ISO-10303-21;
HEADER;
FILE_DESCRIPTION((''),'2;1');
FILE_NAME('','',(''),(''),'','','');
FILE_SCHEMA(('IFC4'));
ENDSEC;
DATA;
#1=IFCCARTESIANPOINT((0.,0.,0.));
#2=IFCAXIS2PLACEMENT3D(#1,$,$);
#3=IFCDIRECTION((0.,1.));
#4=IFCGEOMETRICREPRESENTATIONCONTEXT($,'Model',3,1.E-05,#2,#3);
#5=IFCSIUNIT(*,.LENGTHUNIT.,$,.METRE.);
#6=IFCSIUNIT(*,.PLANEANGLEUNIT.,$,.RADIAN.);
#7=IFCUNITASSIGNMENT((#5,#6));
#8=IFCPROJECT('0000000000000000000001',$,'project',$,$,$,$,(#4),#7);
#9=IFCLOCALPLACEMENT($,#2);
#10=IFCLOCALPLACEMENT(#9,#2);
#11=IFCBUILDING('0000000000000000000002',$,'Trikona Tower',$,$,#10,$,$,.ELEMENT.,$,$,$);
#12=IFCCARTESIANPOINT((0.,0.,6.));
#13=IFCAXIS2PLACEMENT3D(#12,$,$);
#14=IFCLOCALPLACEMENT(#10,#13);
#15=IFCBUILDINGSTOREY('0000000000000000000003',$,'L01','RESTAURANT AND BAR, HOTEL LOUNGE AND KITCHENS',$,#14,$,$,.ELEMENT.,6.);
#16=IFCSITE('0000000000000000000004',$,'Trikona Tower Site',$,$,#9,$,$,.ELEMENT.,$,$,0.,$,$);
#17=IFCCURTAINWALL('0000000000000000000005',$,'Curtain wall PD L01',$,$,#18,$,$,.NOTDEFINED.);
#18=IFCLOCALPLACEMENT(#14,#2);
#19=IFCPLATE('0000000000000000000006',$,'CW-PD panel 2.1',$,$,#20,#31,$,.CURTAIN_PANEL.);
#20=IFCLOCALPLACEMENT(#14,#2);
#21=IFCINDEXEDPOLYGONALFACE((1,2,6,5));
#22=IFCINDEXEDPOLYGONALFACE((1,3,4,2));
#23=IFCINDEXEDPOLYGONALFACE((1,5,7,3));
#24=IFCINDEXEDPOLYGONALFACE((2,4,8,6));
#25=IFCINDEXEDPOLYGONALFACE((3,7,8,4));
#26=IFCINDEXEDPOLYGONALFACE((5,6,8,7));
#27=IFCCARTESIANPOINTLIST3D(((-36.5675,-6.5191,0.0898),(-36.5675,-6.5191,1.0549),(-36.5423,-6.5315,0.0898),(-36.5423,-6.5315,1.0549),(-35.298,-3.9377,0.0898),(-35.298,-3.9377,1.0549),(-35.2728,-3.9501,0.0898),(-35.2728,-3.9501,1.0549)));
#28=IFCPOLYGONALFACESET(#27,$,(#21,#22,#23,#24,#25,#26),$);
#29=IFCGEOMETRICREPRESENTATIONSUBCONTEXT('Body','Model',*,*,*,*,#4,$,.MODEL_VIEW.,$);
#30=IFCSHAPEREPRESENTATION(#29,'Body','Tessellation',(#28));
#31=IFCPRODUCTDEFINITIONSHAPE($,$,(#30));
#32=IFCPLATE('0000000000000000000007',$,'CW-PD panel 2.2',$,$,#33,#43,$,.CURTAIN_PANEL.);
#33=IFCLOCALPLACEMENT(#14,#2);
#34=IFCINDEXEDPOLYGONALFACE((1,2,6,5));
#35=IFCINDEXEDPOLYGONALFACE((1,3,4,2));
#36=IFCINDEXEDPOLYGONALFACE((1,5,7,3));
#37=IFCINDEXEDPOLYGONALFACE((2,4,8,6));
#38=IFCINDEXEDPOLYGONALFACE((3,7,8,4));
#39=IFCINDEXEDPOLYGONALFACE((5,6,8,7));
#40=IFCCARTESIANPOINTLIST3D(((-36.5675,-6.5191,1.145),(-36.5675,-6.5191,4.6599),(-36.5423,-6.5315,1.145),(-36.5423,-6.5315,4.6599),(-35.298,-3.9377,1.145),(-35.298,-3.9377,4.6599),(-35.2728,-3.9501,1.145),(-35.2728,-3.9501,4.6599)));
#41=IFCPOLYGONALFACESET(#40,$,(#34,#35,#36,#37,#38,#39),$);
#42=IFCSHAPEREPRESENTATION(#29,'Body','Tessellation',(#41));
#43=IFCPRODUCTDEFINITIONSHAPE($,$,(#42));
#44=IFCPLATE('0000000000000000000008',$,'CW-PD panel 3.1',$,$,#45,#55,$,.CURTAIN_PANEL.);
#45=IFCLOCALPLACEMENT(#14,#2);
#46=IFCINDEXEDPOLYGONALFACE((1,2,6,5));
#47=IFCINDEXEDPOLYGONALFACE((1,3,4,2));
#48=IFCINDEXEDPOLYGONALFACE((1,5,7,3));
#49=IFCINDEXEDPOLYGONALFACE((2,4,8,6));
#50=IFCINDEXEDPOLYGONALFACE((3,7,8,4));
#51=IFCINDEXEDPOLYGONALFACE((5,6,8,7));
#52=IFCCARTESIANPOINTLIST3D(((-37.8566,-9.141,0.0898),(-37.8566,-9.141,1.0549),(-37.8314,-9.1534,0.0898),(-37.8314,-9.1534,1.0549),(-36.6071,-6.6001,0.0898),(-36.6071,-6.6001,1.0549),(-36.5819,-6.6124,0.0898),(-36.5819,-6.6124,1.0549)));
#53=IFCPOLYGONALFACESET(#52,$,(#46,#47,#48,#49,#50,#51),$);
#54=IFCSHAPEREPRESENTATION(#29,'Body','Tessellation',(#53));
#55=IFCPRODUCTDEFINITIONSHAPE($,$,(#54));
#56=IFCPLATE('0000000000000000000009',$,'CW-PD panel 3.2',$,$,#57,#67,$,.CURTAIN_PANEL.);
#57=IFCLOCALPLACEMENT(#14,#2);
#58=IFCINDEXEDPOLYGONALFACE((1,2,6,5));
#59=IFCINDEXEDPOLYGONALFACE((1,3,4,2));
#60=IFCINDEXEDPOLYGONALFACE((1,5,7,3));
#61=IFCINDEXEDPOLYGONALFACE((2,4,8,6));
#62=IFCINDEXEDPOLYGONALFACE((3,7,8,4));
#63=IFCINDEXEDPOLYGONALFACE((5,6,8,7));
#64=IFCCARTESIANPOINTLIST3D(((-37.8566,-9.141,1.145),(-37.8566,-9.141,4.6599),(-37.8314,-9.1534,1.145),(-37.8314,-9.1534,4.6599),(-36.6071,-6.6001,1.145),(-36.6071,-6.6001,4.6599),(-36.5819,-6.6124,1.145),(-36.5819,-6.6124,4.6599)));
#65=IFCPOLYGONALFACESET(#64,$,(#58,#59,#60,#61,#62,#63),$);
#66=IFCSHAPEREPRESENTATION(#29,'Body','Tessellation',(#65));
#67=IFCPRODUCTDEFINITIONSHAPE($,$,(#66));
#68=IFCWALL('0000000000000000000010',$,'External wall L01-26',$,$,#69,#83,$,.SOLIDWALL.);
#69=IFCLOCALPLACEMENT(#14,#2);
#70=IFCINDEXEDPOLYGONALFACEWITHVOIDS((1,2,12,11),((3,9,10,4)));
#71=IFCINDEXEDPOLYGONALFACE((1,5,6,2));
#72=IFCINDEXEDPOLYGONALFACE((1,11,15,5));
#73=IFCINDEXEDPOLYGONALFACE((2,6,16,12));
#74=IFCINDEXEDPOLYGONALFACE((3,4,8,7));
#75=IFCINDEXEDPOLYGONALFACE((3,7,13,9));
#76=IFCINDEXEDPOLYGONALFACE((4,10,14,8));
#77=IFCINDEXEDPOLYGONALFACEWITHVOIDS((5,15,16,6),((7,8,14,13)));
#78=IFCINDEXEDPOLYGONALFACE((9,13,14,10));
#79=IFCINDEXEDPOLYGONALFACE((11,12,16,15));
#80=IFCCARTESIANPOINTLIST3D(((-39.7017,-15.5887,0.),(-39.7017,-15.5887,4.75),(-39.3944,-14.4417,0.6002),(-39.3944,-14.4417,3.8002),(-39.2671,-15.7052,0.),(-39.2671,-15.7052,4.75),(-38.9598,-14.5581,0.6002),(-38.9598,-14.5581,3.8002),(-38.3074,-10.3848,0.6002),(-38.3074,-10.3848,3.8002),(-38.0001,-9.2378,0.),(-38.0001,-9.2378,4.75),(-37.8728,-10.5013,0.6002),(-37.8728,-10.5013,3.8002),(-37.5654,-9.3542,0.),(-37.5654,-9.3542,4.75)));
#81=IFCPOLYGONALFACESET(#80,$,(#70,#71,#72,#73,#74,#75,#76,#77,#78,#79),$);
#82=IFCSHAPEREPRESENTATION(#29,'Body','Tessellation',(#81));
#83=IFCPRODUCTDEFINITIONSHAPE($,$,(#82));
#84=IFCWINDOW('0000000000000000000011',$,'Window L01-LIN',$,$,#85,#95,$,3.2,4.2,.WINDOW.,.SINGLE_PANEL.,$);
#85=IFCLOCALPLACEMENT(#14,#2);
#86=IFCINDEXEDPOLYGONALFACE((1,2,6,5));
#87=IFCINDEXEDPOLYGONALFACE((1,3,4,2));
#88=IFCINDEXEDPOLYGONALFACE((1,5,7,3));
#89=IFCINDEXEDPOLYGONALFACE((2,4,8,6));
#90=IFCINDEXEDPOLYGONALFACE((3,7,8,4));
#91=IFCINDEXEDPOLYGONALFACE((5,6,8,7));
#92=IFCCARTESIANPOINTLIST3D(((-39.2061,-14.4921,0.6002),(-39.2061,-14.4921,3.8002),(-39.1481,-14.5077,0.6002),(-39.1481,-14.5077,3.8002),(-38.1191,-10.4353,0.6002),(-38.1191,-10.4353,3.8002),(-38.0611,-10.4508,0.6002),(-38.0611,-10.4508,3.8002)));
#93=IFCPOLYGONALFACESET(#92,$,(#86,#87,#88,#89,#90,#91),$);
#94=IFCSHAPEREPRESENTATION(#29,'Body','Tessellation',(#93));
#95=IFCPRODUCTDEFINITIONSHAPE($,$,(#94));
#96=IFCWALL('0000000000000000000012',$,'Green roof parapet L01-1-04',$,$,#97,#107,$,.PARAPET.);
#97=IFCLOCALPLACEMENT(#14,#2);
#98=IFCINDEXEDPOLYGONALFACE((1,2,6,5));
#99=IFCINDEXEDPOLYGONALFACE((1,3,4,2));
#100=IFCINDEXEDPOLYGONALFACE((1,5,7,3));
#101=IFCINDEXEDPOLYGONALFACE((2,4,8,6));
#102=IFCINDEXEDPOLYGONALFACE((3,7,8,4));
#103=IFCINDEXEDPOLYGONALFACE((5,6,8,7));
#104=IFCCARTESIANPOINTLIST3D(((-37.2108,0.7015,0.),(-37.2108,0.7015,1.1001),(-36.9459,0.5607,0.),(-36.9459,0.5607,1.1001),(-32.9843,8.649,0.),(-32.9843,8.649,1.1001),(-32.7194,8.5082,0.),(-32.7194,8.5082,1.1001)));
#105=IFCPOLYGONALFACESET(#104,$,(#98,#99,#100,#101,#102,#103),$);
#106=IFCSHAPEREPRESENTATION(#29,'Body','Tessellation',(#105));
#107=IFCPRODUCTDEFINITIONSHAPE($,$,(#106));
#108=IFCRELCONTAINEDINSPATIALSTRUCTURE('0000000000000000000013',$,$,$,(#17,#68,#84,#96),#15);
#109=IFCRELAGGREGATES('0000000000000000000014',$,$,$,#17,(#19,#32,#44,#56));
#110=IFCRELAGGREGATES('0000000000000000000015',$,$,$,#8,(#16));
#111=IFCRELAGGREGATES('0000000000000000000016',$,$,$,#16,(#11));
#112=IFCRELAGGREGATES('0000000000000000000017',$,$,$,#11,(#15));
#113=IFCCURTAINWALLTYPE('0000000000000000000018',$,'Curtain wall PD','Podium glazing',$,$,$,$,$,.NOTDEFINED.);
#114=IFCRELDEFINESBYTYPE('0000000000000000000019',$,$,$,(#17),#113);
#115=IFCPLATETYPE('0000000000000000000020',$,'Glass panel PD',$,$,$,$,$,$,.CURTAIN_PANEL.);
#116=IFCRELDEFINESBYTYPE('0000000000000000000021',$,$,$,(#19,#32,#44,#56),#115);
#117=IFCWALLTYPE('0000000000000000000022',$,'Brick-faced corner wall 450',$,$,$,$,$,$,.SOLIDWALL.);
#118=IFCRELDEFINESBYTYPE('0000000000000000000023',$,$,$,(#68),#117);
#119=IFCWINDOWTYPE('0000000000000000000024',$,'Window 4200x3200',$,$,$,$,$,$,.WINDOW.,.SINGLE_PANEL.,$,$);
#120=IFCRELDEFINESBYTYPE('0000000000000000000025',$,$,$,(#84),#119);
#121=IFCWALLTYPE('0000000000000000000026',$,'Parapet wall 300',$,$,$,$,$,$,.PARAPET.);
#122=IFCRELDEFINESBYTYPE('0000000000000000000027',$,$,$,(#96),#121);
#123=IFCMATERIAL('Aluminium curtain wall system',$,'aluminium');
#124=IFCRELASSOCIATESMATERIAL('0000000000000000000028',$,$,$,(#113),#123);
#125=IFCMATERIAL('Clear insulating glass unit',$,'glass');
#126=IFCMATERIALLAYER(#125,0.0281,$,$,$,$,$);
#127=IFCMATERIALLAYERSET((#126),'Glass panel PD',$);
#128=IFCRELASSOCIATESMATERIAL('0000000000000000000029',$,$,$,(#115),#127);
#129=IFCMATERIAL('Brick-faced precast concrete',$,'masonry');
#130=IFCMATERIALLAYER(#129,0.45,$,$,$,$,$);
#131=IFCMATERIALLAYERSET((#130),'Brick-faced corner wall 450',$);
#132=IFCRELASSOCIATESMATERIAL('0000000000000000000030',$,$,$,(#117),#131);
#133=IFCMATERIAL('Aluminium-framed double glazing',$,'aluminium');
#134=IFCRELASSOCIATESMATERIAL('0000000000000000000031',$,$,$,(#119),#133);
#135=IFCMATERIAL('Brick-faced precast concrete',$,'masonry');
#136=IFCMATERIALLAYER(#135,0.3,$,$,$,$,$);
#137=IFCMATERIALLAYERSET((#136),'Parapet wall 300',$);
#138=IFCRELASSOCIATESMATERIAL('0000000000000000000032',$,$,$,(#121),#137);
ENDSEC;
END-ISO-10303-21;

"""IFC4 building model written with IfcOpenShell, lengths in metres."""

from ifc_helpers import new_model, si_unit, direction, frame, frame_2d, origin, origin_2d, place, context, subcontext, project, spatial, rectangle, extrude, material, layer, layer_set, type_object, element, fill, aggregate, save


model = new_model("IFC4")

# Units and contexts
model_context = context("Model", 3, precision=1e-05, world=origin(), true_north=direction((0.0, 1.0)))
body_context = subcontext(model_context, "Body", "Model", "MODEL_VIEW")
ifc_project = project(units=[si_unit("LENGTHUNIT", "METRE"), si_unit("PLANEANGLEUNIT", "RADIAN")], contexts=[model_context])

# Site, building, storey
site_placement = place(None, origin())
site = spatial("IfcSite", under=ifc_project, at=site_placement, Name="Trikona Tower Site", CompositionType="ELEMENT", RefElevation=0.0)
building_placement = place(site_placement, origin())
building = spatial("IfcBuilding", under=site, at=building_placement, Name="Trikona Tower", CompositionType="ELEMENT")
storey_placement = place(building_placement, frame((0.0, 0.0, 6.0)))
storey = spatial("IfcBuildingStorey", under=building, at=storey_placement, Name="L01", Description="RESTAURANT AND BAR, HOTEL LOUNGE AND KITCHENS", CompositionType="ELEMENT", Elevation=6.0)

# Curtain wall, plates
ifc_material_1 = material(Name="Aluminium curtain wall system", Category="aluminium")
curtain_wall_type = type_object("IfcCurtainWallType", Name="Curtain wall PD", Description="Podium glazing", PredefinedType="NOTDEFINED", material=ifc_material_1)
curtain_wall_placement = place(storey_placement, origin())
curtain_wall = element("IfcCurtainWall", 1, at=curtain_wall_placement, inside=storey, type_object=curtain_wall_type, Name="Curtain wall PD L01", PredefinedType="NOTDEFINED")
ifc_material_2 = material(Name="Clear insulating glass unit", Category="glass")
ifc_layer_1 = layer(ifc_material_2, 0.0281)
ifc_layer_set_1 = layer_set([ifc_layer_1], Name="Glass panel PD")
plate_type = type_object("IfcPlateType", Name="Glass panel PD", PredefinedType="CURTAIN_PANEL", material=ifc_layer_set_1)
plate_1_placement = place(storey_placement, frame((-35.9202, -5.2346, 0.0898), z_axis=(0.0, 0.0, 1.0), x_axis=(-0.441294, -0.897363, 0.0)))
plate_1 = element("IfcPlate", 2, at=plate_1_placement, type_object=plate_type, Name="CW-PD panel 2.1", PredefinedType="CURTAIN_PANEL", context=body_context, shape_type="SweptSolid", body=[
    extrude(rectangle(XDim=2.8767, YDim=0.0281, at=origin_2d()), origin(), (0.0, 0.0, 1.0), 0.9651),
])
plate_2_placement = place(storey_placement, frame((-35.9202, -5.2346, 1.145), z_axis=(0.0, 0.0, 1.0), x_axis=(-0.441294, -0.897363, 0.0)))
plate_2 = element("IfcPlate", 3, at=plate_2_placement, type_object=plate_type, Name="CW-PD panel 2.2", PredefinedType="CURTAIN_PANEL", context=body_context, shape_type="SweptSolid", body=[
    extrude(rectangle(XDim=2.8767, YDim=0.0281, at=origin_2d()), origin(), (0.0, 0.0, 1.0), 3.5149),
])
plate_3_placement = place(storey_placement, frame((-37.2192, -7.8767, 0.0898), z_axis=(0.0, 0.0, 1.0), x_axis=(-0.441294, -0.897363, 0.0)))
plate_3 = element("IfcPlate", 4, at=plate_3_placement, type_object=plate_type, Name="CW-PD panel 3.1", PredefinedType="CURTAIN_PANEL", context=body_context, shape_type="SweptSolid", body=[
    extrude(rectangle(XDim=2.8315, YDim=0.0281, at=origin_2d()), origin(), (0.0, 0.0, 1.0), 0.9651),
])
plate_4_placement = place(storey_placement, frame((-37.2192, -7.8767, 1.145), z_axis=(0.0, 0.0, 1.0), x_axis=(-0.441294, -0.897363, 0.0)))
plate_4 = element("IfcPlate", 5, at=plate_4_placement, type_object=plate_type, Name="CW-PD panel 3.2", PredefinedType="CURTAIN_PANEL", context=body_context, shape_type="SweptSolid", body=[
    extrude(rectangle(XDim=2.8315, YDim=0.0281, at=origin_2d()), origin(), (0.0, 0.0, 1.0), 3.5149),
])
aggregate(curtain_wall, [plate_1, plate_2, plate_3, plate_4])

# Wall, opening, window
ifc_material_3 = material(Name="Brick-faced precast concrete", Category="masonry")
ifc_layer_2 = layer(ifc_material_3, 0.45)
ifc_layer_set_2 = layer_set([ifc_layer_2], Name="Brick-faced corner wall 450")
wall_type_1 = type_object("IfcWallType", Name="Brick-faced corner wall 450", PredefinedType="SOLIDWALL", material=ifc_layer_set_2)
wall_1_placement = place(storey_placement, frame((-37.7827, -9.2959, 0.0), z_axis=(0.0, 0.0, 1.0), x_axis=(-0.258813, -0.965927, 0.0)))
wall_1 = element("IfcWall", 6, at=wall_1_placement, inside=storey, type_object=wall_type_1, Name="External wall L01-26", PredefinedType="SOLIDWALL", context=body_context, shape_type="SweptSolid", body=[
    extrude(rectangle(XDim=6.575, YDim=0.45, at=frame_2d((3.2876, 0.0))), origin(), (0.0, 0.0, 1.0), 4.75),
])
opening_placement = place(wall_1_placement, frame((1.1875, 0.0, 0.6001)))
opening = element("IfcOpeningElement", 7, at=opening_placement, cuts=wall_1, PredefinedType="OPENING", context=body_context, shape_type="SweptSolid", body=[
    extrude(rectangle(XDim=4.2, YDim=3.2, at=frame_2d((2.1001, 1.6001))), frame((0.0, 0.2349, 0.0), z_axis=(0.0, -1.0, 0.0), x_axis=(1.0, 0.0, 0.0)), (0.0, 0.0, 1.0), 0.47),
])
ifc_material_4 = material(Name="Aluminium-framed double glazing", Category="aluminium")
window_type = type_object("IfcWindowType", Name="Window 4200x3200", PartitioningType="SINGLE_PANEL", PredefinedType="WINDOW", material=ifc_material_4)
window_placement = place(opening_placement, origin())
window = element("IfcWindow", 8, at=window_placement, inside=storey, type_object=window_type, Name="Window L01-LIN", OverallHeight=3.2, OverallWidth=4.2, PartitioningType="SINGLE_PANEL", PredefinedType="WINDOW", context=body_context, shape_type="SweptSolid", body=[
    extrude(rectangle(XDim=4.2, YDim=3.2, at=frame_2d((2.1001, 1.6001))), frame((0.0, 0.03, 0.0), z_axis=(0.0, -1.0, 0.0), x_axis=(1.0, 0.0, 0.0)), (0.0, 0.0, 1.0), 0.0601),
])
fill(opening, window)

# Wall
ifc_material_5 = material(Name="Brick-faced precast concrete", Category="masonry")
ifc_layer_3 = layer(ifc_material_5, 0.3)
ifc_layer_set_3 = layer_set([ifc_layer_3], Name="Parapet wall 300")
wall_type_2 = type_object("IfcWallType", Name="Parapet wall 300", PredefinedType="PARAPET", material=ifc_layer_set_3)
wall_2_placement = place(storey_placement, frame((-37.0784, 0.6311, 0.0), z_axis=(0.0, 0.0, 1.0), x_axis=(0.469541, 0.882911, 0.0)))
element("IfcWall", 9, at=wall_2_placement, inside=storey, type_object=wall_type_2, Name="Green roof parapet L01-1-04", PredefinedType="PARAPET", context=body_context, shape_type="SweptSolid", body=[
    extrude(rectangle(XDim=9.0015, YDim=0.3, at=frame_2d((4.5007, 0.0))), origin(), (0.0, 0.0, 1.0), 1.1001),
])

save(model, "model.ifc")
